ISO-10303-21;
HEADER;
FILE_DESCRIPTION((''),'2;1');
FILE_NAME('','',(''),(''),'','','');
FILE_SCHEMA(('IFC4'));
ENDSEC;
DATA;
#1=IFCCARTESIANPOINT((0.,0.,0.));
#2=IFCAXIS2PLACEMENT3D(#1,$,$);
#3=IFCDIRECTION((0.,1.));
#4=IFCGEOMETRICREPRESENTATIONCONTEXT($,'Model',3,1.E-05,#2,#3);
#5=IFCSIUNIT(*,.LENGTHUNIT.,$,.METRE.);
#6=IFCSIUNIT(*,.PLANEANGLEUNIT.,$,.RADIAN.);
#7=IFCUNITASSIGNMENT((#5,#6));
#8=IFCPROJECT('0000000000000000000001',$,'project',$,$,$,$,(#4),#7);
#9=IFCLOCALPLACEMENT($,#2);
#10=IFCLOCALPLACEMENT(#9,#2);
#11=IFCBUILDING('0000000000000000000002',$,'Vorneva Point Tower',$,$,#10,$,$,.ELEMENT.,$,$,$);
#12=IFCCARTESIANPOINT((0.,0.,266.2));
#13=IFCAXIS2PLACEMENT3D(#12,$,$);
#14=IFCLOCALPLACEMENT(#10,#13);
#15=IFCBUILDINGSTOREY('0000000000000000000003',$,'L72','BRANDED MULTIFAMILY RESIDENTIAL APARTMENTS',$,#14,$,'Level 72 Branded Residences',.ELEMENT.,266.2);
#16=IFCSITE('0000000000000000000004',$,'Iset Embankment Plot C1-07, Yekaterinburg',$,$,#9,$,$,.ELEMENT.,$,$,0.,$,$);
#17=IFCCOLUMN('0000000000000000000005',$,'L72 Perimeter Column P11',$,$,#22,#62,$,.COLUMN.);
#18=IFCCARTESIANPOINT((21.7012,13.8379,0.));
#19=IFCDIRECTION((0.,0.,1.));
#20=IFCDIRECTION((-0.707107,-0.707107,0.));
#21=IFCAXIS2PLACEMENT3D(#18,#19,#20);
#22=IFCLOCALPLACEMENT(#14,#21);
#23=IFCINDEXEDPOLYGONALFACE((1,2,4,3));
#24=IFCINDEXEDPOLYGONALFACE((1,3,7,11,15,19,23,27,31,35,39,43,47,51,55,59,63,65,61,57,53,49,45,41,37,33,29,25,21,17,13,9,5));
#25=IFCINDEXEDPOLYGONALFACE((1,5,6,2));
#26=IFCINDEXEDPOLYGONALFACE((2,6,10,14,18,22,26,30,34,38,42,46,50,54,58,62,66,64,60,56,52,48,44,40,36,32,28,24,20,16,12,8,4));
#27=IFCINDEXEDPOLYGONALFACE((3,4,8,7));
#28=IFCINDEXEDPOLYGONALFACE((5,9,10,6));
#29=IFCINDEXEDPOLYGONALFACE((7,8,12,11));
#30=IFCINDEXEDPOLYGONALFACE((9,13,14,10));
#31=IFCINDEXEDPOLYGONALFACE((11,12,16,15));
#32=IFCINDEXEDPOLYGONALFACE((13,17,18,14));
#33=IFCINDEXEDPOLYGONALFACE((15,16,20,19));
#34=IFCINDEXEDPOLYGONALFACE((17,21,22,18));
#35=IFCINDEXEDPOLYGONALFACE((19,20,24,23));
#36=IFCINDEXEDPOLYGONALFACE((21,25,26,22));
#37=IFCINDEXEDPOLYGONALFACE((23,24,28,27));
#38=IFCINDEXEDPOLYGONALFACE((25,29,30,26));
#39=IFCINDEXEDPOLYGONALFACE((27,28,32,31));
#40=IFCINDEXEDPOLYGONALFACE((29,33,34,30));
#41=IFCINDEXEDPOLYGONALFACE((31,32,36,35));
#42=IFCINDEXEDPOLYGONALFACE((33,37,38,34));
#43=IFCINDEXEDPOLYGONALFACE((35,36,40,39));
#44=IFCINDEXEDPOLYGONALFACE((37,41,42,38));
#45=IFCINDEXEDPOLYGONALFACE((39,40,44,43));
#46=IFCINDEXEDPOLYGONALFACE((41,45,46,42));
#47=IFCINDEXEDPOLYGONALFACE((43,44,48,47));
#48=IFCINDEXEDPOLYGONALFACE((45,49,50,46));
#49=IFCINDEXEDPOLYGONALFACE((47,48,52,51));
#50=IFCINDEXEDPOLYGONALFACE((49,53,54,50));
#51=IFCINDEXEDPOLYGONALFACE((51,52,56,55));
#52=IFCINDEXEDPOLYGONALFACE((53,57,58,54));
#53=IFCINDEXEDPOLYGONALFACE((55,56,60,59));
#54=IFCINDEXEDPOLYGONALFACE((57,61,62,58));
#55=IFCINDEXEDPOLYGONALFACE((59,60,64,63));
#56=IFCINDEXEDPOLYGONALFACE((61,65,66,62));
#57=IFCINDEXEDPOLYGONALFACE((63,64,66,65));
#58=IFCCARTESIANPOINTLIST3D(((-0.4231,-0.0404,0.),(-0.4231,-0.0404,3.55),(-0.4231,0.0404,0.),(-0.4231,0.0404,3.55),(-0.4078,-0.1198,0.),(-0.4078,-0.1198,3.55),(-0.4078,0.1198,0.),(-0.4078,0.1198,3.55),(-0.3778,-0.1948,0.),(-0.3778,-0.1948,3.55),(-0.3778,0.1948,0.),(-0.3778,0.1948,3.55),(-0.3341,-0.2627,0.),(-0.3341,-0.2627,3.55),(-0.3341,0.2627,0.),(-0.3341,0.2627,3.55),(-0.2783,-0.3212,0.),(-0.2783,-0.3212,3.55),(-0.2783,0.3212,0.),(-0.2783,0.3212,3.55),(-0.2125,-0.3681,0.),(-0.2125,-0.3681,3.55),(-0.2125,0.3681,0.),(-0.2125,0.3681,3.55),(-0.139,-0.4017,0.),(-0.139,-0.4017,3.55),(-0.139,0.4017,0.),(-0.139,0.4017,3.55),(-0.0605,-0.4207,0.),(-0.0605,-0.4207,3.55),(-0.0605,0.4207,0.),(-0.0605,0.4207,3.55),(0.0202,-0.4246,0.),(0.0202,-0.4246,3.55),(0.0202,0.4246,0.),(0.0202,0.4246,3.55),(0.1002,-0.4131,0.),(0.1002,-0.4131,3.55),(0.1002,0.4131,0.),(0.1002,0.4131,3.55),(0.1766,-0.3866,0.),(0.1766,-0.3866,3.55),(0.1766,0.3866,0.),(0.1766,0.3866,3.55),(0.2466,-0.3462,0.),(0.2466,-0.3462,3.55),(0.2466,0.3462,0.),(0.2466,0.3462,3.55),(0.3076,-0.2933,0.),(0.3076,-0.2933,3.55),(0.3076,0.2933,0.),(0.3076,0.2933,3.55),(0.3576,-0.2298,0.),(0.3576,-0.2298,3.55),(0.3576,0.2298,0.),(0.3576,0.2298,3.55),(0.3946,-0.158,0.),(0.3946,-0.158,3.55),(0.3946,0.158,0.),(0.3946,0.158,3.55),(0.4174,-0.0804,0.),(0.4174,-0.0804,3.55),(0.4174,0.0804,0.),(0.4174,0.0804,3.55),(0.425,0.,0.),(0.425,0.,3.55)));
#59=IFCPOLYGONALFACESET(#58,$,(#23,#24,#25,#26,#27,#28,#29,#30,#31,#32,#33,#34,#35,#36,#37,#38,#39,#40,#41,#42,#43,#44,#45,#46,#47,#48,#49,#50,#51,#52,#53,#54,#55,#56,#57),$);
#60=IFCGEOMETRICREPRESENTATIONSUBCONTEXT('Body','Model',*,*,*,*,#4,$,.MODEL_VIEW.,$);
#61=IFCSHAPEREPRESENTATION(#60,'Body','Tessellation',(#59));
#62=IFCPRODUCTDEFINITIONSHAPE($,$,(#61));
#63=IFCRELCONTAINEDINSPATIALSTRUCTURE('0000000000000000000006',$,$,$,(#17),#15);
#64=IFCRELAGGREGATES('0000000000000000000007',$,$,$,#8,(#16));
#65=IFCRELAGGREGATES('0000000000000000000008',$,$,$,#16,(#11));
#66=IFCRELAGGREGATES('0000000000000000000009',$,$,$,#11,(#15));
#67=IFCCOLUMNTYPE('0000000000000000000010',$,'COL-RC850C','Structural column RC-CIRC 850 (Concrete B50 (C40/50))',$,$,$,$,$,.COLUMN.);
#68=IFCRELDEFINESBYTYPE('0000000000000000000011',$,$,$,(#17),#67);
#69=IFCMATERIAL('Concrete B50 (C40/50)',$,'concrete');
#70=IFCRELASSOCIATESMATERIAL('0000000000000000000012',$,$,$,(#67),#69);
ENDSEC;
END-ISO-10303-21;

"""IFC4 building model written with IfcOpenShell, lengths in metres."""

from ifc_helpers import new_model, si_unit, direction, frame, origin, origin_2d, place, context, subcontext, project, spatial, circle, extrude, material, material_profile, profile_set, type_object, element, save


model = new_model("IFC4")

# Units and contexts
model_context = context("Model", 3, precision=1e-05, world=origin(), true_north=direction((0.0, 1.0)))
body_context = subcontext(model_context, "Body", "Model", "MODEL_VIEW")
ifc_project = project(units=[si_unit("LENGTHUNIT", "METRE"), si_unit("PLANEANGLEUNIT", "RADIAN")], contexts=[model_context])

# Site, building, storey
site_placement = place(None, origin())
site = spatial("IfcSite", under=ifc_project, at=site_placement, Name="Iset Embankment Plot C1-07, Yekaterinburg", CompositionType="ELEMENT", RefElevation=0.0)
building_placement = place(site_placement, origin())
building = spatial("IfcBuilding", under=site, at=building_placement, Name="Vorneva Point Tower", CompositionType="ELEMENT")
storey_placement = place(building_placement, frame((0.0, 0.0, 266.2)))
storey = spatial("IfcBuildingStorey", under=building, at=storey_placement, Name="L72", Description="BRANDED MULTIFAMILY RESIDENTIAL APARTMENTS", LongName="Level 72 Branded Residences", CompositionType="ELEMENT", Elevation=266.2)

# Column
ifc_material_1 = material(Name="Concrete B50 (C40/50)", Category="concrete")
ifc_material_profile_1 = material_profile(ifc_material_1, circle(Radius=0.425, at=origin_2d()), Name="RC-CIRC 850")
ifc_profile_set_1 = profile_set([ifc_material_profile_1], Name="Concrete B50 (C40/50)")
column_type = type_object("IfcColumnType", Name="COL-RC850C", Description="Structural column RC-CIRC 850 (Concrete B50 (C40/50))", PredefinedType="COLUMN", material=ifc_profile_set_1)
column_placement = place(storey_placement, frame((21.7012, 13.8379, 0.0), z_axis=(0.0, 0.0, 1.0), x_axis=(-0.707107, -0.707107, 0.0)))
element("IfcColumn", 1, at=column_placement, inside=storey, type_object=column_type, Name="L72 Perimeter Column P11", PredefinedType="COLUMN", context=body_context, shape_type="SweptSolid", body=[
    extrude(circle(Radius=0.425, at=origin_2d()), origin(), (0.0, 0.0, 1.0), 3.55),
])

save(model, "model.ifc")
